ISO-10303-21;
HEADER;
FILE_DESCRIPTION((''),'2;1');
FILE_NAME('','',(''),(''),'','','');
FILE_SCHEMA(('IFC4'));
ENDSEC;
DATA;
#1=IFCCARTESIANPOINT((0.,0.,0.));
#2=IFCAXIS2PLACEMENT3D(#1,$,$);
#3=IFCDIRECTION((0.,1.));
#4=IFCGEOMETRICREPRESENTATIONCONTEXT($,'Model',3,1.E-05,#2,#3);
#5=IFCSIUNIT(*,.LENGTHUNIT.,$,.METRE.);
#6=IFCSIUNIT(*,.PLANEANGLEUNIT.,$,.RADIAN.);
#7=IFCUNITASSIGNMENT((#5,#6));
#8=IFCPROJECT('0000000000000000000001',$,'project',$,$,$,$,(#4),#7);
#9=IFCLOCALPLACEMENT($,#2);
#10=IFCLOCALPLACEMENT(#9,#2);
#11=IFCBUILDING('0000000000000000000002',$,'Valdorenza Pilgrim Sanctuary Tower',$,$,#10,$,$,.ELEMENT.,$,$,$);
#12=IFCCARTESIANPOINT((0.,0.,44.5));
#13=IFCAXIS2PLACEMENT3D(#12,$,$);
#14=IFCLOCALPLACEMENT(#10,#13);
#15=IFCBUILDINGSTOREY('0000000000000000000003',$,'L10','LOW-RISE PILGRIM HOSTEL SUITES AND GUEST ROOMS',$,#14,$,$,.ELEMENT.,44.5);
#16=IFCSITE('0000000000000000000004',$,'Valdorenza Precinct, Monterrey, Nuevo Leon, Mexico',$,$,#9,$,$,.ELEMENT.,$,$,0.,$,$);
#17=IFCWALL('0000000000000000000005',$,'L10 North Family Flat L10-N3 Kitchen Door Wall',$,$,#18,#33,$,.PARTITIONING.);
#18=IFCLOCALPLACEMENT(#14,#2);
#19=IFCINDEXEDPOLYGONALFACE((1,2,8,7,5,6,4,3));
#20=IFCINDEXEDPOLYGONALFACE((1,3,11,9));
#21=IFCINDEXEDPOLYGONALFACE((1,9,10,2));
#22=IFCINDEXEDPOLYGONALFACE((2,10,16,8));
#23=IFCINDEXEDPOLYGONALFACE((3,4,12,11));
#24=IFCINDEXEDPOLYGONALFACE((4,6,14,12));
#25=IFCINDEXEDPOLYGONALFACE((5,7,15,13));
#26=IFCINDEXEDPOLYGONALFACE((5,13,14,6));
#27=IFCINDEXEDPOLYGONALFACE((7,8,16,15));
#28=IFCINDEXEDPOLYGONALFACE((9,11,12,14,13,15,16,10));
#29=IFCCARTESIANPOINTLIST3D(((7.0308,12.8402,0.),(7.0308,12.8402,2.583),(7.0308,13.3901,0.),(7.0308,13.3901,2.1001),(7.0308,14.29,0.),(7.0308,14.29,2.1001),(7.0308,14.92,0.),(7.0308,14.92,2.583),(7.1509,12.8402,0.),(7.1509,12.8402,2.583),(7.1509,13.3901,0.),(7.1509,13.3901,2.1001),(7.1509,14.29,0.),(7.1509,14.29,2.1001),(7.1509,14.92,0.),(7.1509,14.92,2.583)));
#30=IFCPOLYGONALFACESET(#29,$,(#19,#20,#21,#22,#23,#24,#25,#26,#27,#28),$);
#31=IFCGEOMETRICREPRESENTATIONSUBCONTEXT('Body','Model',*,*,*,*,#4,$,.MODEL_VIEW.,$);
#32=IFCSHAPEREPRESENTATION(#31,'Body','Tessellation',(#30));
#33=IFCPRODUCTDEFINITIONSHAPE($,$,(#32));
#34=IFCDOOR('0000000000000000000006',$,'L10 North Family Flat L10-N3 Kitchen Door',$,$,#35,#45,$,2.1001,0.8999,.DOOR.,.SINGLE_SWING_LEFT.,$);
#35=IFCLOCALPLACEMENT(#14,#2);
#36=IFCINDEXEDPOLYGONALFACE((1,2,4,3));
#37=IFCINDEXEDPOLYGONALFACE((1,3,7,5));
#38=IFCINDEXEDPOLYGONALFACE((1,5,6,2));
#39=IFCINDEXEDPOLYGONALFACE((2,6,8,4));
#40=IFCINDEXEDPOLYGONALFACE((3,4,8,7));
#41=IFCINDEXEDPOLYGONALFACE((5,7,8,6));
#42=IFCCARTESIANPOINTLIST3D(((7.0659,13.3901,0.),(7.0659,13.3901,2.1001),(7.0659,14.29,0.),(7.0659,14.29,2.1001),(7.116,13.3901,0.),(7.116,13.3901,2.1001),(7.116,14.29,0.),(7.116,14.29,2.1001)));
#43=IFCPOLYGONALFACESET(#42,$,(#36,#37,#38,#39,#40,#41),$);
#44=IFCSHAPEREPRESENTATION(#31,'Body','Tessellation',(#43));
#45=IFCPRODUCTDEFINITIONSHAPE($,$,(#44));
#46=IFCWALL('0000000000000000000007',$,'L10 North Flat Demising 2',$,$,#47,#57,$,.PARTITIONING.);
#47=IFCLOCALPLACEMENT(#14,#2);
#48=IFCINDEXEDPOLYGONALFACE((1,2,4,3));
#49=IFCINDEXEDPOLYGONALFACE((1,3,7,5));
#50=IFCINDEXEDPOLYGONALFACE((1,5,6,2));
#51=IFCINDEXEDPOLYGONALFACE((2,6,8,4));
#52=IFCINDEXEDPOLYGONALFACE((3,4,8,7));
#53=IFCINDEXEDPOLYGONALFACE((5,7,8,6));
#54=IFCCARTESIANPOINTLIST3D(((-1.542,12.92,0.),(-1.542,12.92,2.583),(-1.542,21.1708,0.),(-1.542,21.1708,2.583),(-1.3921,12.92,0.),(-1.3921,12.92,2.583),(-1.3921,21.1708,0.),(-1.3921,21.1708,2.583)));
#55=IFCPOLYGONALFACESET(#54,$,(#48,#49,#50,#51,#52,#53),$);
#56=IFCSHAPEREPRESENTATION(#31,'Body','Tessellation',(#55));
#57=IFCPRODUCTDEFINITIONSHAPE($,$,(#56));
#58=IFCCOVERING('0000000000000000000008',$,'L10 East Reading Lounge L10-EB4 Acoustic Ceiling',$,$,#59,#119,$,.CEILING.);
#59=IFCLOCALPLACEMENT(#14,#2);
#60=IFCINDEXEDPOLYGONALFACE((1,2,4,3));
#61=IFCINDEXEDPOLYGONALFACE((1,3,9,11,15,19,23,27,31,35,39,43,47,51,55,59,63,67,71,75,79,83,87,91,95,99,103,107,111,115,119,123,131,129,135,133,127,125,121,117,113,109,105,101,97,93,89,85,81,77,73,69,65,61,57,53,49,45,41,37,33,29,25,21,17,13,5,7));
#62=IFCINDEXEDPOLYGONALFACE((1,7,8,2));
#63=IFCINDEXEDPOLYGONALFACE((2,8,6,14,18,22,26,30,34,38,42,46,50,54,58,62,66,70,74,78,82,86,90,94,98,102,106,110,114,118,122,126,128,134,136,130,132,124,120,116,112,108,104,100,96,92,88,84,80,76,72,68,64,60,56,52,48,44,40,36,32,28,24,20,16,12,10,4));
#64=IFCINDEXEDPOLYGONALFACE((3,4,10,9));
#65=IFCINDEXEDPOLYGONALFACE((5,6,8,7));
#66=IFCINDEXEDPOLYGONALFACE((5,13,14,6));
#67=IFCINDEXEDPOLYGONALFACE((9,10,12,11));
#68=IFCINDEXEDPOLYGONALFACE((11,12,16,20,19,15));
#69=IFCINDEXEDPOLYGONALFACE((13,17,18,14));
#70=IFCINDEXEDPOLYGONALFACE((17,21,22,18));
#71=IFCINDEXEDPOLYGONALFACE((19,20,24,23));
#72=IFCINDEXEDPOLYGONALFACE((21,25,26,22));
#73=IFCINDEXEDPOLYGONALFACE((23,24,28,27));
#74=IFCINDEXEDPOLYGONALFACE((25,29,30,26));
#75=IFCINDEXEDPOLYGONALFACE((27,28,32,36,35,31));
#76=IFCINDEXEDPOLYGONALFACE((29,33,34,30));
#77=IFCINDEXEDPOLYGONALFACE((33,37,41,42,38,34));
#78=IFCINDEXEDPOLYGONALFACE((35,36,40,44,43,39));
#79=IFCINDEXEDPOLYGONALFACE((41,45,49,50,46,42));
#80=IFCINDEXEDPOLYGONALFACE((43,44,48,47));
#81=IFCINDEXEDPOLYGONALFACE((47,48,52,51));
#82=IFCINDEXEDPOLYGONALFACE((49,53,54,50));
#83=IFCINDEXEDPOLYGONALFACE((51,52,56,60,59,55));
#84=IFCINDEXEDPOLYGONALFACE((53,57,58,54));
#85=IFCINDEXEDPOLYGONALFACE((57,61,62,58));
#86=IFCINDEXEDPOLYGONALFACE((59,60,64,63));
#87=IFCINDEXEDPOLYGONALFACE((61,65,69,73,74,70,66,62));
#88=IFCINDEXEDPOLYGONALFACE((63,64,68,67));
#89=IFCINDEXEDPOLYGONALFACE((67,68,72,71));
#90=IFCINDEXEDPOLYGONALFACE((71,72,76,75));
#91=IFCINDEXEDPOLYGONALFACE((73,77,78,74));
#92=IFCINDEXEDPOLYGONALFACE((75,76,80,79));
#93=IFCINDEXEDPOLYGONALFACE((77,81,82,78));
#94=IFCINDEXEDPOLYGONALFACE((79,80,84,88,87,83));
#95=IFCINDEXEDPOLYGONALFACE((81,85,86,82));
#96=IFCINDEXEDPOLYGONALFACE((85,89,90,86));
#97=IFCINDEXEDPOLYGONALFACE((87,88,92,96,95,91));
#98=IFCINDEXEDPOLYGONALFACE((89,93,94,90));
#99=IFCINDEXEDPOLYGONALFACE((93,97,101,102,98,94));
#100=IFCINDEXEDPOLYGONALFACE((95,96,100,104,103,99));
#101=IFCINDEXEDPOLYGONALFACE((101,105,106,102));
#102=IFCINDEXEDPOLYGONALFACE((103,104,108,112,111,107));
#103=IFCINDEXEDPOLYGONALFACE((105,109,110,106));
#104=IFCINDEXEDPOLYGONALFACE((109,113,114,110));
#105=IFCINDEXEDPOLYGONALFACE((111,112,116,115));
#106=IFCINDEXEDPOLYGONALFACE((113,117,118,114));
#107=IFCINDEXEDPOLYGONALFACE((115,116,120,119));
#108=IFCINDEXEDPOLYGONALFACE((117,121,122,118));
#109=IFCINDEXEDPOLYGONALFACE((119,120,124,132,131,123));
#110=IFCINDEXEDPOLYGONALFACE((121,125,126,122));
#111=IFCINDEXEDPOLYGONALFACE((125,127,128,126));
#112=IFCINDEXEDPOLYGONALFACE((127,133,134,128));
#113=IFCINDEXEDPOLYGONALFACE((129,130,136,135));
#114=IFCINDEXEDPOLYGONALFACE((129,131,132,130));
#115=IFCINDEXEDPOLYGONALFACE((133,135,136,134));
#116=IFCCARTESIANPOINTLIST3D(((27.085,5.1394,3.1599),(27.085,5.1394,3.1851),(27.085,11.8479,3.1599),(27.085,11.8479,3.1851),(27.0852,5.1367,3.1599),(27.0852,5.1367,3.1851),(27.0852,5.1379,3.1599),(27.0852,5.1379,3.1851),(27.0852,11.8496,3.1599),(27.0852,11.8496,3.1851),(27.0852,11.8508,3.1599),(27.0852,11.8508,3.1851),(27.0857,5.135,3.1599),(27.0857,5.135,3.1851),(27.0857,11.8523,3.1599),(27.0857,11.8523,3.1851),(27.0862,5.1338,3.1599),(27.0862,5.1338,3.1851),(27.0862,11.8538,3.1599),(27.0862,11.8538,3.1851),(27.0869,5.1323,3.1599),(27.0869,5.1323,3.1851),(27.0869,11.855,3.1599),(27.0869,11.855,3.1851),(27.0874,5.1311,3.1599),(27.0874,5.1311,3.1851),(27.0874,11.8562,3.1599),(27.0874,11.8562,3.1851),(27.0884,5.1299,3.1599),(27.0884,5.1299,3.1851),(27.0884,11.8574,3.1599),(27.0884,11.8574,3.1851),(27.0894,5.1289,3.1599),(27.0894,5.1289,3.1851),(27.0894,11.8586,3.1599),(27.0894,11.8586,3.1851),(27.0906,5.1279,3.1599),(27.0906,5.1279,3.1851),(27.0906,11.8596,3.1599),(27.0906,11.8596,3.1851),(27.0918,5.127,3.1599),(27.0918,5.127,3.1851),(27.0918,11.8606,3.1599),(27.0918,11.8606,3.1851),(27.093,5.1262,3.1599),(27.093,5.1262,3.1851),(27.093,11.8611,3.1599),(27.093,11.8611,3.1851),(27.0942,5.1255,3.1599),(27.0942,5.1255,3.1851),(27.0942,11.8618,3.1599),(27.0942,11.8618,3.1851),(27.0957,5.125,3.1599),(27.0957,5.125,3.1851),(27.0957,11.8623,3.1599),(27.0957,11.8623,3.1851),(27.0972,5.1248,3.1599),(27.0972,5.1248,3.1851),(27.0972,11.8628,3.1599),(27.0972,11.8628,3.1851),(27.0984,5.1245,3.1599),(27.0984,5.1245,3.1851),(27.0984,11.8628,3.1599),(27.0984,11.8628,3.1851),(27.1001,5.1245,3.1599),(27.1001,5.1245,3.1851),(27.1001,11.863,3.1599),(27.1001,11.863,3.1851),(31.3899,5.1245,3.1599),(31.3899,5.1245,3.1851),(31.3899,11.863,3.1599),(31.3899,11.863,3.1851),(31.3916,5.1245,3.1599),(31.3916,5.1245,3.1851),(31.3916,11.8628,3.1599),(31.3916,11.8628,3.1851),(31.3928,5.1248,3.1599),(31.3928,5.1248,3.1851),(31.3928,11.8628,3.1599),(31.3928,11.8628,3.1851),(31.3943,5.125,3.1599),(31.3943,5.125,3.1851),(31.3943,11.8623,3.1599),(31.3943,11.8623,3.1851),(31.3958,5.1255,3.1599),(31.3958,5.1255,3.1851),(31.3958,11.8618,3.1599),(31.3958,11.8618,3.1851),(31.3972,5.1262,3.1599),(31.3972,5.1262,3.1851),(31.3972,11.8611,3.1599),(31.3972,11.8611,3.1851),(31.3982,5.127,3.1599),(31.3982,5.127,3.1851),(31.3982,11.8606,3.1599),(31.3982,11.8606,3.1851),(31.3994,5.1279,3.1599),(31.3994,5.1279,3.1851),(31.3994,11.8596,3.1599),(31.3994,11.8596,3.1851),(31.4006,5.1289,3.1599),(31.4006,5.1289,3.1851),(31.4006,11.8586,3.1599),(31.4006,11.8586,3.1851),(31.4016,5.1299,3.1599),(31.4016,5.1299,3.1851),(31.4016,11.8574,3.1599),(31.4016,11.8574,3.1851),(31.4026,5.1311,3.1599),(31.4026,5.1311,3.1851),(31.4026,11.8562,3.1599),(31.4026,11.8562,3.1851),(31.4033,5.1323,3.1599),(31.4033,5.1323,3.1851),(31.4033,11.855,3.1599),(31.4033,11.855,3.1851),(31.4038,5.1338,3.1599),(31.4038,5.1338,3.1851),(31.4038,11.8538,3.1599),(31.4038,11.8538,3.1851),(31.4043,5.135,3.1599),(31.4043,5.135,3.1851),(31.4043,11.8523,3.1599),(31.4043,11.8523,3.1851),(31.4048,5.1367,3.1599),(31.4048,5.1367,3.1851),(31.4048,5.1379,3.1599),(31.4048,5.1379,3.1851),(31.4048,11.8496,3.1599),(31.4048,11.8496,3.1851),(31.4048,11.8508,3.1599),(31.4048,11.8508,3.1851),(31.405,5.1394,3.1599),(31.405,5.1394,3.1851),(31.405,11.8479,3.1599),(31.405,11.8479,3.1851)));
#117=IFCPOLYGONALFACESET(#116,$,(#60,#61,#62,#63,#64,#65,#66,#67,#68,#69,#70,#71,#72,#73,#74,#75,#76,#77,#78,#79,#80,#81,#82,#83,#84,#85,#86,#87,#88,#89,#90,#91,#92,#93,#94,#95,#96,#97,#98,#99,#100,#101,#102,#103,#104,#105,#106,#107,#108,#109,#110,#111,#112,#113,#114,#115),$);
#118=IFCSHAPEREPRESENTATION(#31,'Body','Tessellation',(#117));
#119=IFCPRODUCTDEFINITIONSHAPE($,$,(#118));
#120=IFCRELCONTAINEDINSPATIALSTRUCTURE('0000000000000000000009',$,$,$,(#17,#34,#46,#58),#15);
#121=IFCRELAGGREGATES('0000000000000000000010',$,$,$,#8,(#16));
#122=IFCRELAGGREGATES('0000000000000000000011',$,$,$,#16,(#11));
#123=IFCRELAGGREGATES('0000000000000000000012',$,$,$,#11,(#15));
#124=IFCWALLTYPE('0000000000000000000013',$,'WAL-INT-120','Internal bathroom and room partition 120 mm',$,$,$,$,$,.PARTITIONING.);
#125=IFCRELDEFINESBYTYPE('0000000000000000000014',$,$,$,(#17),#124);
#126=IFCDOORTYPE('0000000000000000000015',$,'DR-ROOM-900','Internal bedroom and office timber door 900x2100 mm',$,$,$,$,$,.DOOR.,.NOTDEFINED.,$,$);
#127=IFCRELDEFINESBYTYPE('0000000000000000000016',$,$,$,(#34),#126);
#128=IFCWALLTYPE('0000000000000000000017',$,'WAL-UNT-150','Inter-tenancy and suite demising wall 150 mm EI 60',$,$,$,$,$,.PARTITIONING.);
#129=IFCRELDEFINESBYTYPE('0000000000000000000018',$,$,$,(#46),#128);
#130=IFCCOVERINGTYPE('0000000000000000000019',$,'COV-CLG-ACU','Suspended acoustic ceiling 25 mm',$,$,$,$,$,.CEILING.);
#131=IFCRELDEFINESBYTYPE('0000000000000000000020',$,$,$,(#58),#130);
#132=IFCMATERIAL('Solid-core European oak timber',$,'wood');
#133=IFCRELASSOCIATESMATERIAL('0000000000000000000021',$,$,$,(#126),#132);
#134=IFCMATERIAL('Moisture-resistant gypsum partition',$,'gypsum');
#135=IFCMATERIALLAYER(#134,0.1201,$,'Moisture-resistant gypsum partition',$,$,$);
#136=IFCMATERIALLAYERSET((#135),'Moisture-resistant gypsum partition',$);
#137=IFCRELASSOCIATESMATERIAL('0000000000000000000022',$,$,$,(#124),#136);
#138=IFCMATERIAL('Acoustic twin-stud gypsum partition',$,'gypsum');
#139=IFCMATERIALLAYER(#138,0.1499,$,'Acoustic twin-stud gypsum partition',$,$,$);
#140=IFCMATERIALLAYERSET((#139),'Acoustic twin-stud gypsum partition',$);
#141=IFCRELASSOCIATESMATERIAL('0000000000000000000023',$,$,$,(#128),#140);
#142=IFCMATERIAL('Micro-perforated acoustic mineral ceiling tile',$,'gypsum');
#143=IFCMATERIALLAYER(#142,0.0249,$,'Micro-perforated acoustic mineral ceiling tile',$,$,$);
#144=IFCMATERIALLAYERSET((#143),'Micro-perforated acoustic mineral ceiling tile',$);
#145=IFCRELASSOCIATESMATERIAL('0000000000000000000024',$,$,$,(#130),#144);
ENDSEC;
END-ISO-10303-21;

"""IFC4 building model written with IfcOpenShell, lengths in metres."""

from ifc_helpers import new_model, si_unit, direction, frame, frame_2d, origin, place, context, subcontext, project, spatial, polyline, rectangle, outline, extrude, material, layer, layer_set, type_object, element, fill, save


model = new_model("IFC4")

# Units and contexts
model_context = context("Model", 3, precision=1e-05, world=origin(), true_north=direction((0.0, 1.0)))
body_context = subcontext(model_context, "Body", "Model", "MODEL_VIEW")
ifc_project = project(units=[si_unit("LENGTHUNIT", "METRE"), si_unit("PLANEANGLEUNIT", "RADIAN")], contexts=[model_context])

# Site, building, storey
site_placement = place(None, origin())
site = spatial("IfcSite", under=ifc_project, at=site_placement, Name="Valdorenza Precinct, Monterrey, Nuevo Leon, Mexico", CompositionType="ELEMENT", RefElevation=0.0)
building_placement = place(site_placement, origin())
building = spatial("IfcBuilding", under=site, at=building_placement, Name="Valdorenza Pilgrim Sanctuary Tower", CompositionType="ELEMENT")
storey_placement = place(building_placement, frame((0.0, 0.0, 44.5)))
storey = spatial("IfcBuildingStorey", under=building, at=storey_placement, Name="L10", Description="LOW-RISE PILGRIM HOSTEL SUITES AND GUEST ROOMS", CompositionType="ELEMENT", Elevation=44.5)

# Shared definitions
ifc_material_1 = material(Name="Acoustic twin-stud gypsum partition", Category="gypsum")

# Shared definitions
ifc_material_2 = material(Name="Solid-core European oak timber", Category="wood")
door_type = type_object("IfcDoorType", Name="DR-ROOM-900", Description="Internal bedroom and office timber door 900x2100 mm", OperationType="NOTDEFINED", PredefinedType="DOOR", material=ifc_material_2)

# Wall, opening, door
ifc_material_3 = material(Name="Moisture-resistant gypsum partition", Category="gypsum")
ifc_layer_1 = layer(ifc_material_3, 0.1201, Name="Moisture-resistant gypsum partition")
ifc_layer_set_1 = layer_set([ifc_layer_1], Name="Moisture-resistant gypsum partition")
wall_type_1 = type_object("IfcWallType", Name="WAL-INT-120", Description="Internal bathroom and room partition 120 mm", PredefinedType="PARTITIONING", material=ifc_layer_set_1)
wall_1_placement = place(storey_placement, frame((7.0908, 12.8401, 0.0), z_axis=(0.0, 0.0, 1.0), x_axis=(0.0, 1.0, 0.0)))
wall_1 = element("IfcWall", 1, at=wall_1_placement, inside=storey, type_object=wall_type_1, Name="L10 North Family Flat L10-N3 Kitchen Door Wall", PredefinedType="PARTITIONING", context=body_context, shape_type="SweptSolid", body=[
    extrude(rectangle(XDim=2.0798, YDim=0.1201, at=frame_2d((1.04, 0.0))), origin(), (0.0, 0.0, 1.0), 2.583),
])
opening_1_placement = place(wall_1_placement, frame((0.55, 0.0, 0.0)))
opening_1 = element("IfcOpeningElement", 2, at=opening_1_placement, cuts=wall_1, PredefinedType="OPENING", context=body_context, shape_type="SweptSolid", body=[
    extrude(rectangle(XDim=0.8999, YDim=2.1001, at=frame_2d((0.45, 1.05))), frame((0.0, 0.075, 0.0), z_axis=(0.0, -1.0, 0.0), x_axis=(1.0, 0.0, 0.0)), (0.0, 0.0, 1.0), 0.1499),
])
door_1_placement = place(opening_1_placement, origin())
door_1 = element("IfcDoor", 3, at=door_1_placement, inside=storey, type_object=door_type, Name="L10 North Family Flat L10-N3 Kitchen Door", OperationType="SINGLE_SWING_LEFT", OverallHeight=2.1001, OverallWidth=0.8999, PredefinedType="DOOR", context=body_context, shape_type="SweptSolid", body=[
    extrude(rectangle(XDim=0.8999, YDim=2.1001, at=frame_2d((0.45, 1.05))), frame((0.0, 0.0249, 0.0), z_axis=(0.0, -1.0, 0.0), x_axis=(1.0, 0.0, 0.0)), (0.0, 0.0, 1.0), 0.05),
])
fill(opening_1, door_1)

# Wall
ifc_layer_2 = layer(ifc_material_1, 0.1499, Name="Acoustic twin-stud gypsum partition")
ifc_layer_set_2 = layer_set([ifc_layer_2], Name="Acoustic twin-stud gypsum partition")
wall_type_2 = type_object("IfcWallType", Name="WAL-UNT-150", Description="Inter-tenancy and suite demising wall 150 mm EI 60", PredefinedType="PARTITIONING", material=ifc_layer_set_2)
wall_2_placement = place(storey_placement, frame((-1.467, 12.9199, 0.0), z_axis=(0.0, 0.0, 1.0), x_axis=(0.0, 1.0, 0.0)))
element("IfcWall", 4, at=wall_2_placement, inside=storey, type_object=wall_type_2, Name="L10 North Flat Demising 2", PredefinedType="PARTITIONING", context=body_context, shape_type="SweptSolid", body=[
    extrude(rectangle(XDim=8.2507, YDim=0.1499, at=frame_2d((4.1255, 0.0))), origin(), (0.0, 0.0, 1.0), 2.583),
])

# Covering
ifc_material_4 = material(Name="Micro-perforated acoustic mineral ceiling tile", Category="gypsum")
ifc_layer_3 = layer(ifc_material_4, 0.0249, Name="Micro-perforated acoustic mineral ceiling tile")
ifc_layer_set_3 = layer_set([ifc_layer_3], Name="Micro-perforated acoustic mineral ceiling tile")
covering_type_1 = type_object("IfcCoveringType", Name="COV-CLG-ACU", Description="Suspended acoustic ceiling 25 mm", PredefinedType="CEILING", material=ifc_layer_set_3)
covering_1_placement = place(storey_placement, frame((0.0, 0.0, 3.1599)))
element("IfcCovering", 5, at=covering_1_placement, inside=storey, type_object=covering_type_1, Name="L10 East Reading Lounge L10-EB4 Acoustic Ceiling", PredefinedType="CEILING", context=body_context, shape_type="SweptSolid", body=[
    extrude(outline(polyline([(27.085, 11.8479), (27.0852, 11.8496), (27.0852, 11.8508), (27.0857, 11.8523), (27.0862, 11.8538), (27.0869, 11.855), (27.0874, 11.8562), (27.0884, 11.8574), (27.0894, 11.8586), (27.0906, 11.8596), (27.0918, 11.8606), (27.093, 11.8611), (27.0942, 11.8618), (27.0957, 11.8623), (27.0972, 11.8628), (27.0984, 11.8628), (27.1001, 11.863), (31.3899, 11.863), (31.3916, 11.8628), (31.3928, 11.8628), (31.3943, 11.8623), (31.3958, 11.8618), (31.3972, 11.8611), (31.3982, 11.8606), (31.3994, 11.8596), (31.4006, 11.8586), (31.4016, 11.8574), (31.4026, 11.8562), (31.4033, 11.855), (31.4038, 11.8538), (31.4043, 11.8523), (31.4048, 11.8508), (31.4048, 11.8496), (31.405, 11.8479), (31.405, 5.1394), (31.4048, 5.1379), (31.4048, 5.1367), (31.4043, 5.135), (31.4038, 5.1338), (31.4033, 5.1323), (31.4026, 5.1311), (31.4016, 5.1299), (31.4006, 5.1289), (31.3994, 5.1279), (31.3982, 5.127), (31.3972, 5.1262), (31.3958, 5.1255), (31.3943, 5.125), (31.3928, 5.1248), (31.3916, 5.1245), (31.3899, 5.1245), (27.1001, 5.1245), (27.0984, 5.1245), (27.0972, 5.1248), (27.0957, 5.125), (27.0942, 5.1255), (27.093, 5.1262), (27.0918, 5.127), (27.0906, 5.1279), (27.0894, 5.1289), (27.0884, 5.1299), (27.0874, 5.1311), (27.0869, 5.1323), (27.0862, 5.1338), (27.0857, 5.135), (27.0852, 5.1367), (27.0852, 5.1379), (27.085, 5.1394), (27.085, 11.8479)])), origin(), (0.0, 0.0, 1.0), 0.0251),
])

save(model, "model.ifc")
